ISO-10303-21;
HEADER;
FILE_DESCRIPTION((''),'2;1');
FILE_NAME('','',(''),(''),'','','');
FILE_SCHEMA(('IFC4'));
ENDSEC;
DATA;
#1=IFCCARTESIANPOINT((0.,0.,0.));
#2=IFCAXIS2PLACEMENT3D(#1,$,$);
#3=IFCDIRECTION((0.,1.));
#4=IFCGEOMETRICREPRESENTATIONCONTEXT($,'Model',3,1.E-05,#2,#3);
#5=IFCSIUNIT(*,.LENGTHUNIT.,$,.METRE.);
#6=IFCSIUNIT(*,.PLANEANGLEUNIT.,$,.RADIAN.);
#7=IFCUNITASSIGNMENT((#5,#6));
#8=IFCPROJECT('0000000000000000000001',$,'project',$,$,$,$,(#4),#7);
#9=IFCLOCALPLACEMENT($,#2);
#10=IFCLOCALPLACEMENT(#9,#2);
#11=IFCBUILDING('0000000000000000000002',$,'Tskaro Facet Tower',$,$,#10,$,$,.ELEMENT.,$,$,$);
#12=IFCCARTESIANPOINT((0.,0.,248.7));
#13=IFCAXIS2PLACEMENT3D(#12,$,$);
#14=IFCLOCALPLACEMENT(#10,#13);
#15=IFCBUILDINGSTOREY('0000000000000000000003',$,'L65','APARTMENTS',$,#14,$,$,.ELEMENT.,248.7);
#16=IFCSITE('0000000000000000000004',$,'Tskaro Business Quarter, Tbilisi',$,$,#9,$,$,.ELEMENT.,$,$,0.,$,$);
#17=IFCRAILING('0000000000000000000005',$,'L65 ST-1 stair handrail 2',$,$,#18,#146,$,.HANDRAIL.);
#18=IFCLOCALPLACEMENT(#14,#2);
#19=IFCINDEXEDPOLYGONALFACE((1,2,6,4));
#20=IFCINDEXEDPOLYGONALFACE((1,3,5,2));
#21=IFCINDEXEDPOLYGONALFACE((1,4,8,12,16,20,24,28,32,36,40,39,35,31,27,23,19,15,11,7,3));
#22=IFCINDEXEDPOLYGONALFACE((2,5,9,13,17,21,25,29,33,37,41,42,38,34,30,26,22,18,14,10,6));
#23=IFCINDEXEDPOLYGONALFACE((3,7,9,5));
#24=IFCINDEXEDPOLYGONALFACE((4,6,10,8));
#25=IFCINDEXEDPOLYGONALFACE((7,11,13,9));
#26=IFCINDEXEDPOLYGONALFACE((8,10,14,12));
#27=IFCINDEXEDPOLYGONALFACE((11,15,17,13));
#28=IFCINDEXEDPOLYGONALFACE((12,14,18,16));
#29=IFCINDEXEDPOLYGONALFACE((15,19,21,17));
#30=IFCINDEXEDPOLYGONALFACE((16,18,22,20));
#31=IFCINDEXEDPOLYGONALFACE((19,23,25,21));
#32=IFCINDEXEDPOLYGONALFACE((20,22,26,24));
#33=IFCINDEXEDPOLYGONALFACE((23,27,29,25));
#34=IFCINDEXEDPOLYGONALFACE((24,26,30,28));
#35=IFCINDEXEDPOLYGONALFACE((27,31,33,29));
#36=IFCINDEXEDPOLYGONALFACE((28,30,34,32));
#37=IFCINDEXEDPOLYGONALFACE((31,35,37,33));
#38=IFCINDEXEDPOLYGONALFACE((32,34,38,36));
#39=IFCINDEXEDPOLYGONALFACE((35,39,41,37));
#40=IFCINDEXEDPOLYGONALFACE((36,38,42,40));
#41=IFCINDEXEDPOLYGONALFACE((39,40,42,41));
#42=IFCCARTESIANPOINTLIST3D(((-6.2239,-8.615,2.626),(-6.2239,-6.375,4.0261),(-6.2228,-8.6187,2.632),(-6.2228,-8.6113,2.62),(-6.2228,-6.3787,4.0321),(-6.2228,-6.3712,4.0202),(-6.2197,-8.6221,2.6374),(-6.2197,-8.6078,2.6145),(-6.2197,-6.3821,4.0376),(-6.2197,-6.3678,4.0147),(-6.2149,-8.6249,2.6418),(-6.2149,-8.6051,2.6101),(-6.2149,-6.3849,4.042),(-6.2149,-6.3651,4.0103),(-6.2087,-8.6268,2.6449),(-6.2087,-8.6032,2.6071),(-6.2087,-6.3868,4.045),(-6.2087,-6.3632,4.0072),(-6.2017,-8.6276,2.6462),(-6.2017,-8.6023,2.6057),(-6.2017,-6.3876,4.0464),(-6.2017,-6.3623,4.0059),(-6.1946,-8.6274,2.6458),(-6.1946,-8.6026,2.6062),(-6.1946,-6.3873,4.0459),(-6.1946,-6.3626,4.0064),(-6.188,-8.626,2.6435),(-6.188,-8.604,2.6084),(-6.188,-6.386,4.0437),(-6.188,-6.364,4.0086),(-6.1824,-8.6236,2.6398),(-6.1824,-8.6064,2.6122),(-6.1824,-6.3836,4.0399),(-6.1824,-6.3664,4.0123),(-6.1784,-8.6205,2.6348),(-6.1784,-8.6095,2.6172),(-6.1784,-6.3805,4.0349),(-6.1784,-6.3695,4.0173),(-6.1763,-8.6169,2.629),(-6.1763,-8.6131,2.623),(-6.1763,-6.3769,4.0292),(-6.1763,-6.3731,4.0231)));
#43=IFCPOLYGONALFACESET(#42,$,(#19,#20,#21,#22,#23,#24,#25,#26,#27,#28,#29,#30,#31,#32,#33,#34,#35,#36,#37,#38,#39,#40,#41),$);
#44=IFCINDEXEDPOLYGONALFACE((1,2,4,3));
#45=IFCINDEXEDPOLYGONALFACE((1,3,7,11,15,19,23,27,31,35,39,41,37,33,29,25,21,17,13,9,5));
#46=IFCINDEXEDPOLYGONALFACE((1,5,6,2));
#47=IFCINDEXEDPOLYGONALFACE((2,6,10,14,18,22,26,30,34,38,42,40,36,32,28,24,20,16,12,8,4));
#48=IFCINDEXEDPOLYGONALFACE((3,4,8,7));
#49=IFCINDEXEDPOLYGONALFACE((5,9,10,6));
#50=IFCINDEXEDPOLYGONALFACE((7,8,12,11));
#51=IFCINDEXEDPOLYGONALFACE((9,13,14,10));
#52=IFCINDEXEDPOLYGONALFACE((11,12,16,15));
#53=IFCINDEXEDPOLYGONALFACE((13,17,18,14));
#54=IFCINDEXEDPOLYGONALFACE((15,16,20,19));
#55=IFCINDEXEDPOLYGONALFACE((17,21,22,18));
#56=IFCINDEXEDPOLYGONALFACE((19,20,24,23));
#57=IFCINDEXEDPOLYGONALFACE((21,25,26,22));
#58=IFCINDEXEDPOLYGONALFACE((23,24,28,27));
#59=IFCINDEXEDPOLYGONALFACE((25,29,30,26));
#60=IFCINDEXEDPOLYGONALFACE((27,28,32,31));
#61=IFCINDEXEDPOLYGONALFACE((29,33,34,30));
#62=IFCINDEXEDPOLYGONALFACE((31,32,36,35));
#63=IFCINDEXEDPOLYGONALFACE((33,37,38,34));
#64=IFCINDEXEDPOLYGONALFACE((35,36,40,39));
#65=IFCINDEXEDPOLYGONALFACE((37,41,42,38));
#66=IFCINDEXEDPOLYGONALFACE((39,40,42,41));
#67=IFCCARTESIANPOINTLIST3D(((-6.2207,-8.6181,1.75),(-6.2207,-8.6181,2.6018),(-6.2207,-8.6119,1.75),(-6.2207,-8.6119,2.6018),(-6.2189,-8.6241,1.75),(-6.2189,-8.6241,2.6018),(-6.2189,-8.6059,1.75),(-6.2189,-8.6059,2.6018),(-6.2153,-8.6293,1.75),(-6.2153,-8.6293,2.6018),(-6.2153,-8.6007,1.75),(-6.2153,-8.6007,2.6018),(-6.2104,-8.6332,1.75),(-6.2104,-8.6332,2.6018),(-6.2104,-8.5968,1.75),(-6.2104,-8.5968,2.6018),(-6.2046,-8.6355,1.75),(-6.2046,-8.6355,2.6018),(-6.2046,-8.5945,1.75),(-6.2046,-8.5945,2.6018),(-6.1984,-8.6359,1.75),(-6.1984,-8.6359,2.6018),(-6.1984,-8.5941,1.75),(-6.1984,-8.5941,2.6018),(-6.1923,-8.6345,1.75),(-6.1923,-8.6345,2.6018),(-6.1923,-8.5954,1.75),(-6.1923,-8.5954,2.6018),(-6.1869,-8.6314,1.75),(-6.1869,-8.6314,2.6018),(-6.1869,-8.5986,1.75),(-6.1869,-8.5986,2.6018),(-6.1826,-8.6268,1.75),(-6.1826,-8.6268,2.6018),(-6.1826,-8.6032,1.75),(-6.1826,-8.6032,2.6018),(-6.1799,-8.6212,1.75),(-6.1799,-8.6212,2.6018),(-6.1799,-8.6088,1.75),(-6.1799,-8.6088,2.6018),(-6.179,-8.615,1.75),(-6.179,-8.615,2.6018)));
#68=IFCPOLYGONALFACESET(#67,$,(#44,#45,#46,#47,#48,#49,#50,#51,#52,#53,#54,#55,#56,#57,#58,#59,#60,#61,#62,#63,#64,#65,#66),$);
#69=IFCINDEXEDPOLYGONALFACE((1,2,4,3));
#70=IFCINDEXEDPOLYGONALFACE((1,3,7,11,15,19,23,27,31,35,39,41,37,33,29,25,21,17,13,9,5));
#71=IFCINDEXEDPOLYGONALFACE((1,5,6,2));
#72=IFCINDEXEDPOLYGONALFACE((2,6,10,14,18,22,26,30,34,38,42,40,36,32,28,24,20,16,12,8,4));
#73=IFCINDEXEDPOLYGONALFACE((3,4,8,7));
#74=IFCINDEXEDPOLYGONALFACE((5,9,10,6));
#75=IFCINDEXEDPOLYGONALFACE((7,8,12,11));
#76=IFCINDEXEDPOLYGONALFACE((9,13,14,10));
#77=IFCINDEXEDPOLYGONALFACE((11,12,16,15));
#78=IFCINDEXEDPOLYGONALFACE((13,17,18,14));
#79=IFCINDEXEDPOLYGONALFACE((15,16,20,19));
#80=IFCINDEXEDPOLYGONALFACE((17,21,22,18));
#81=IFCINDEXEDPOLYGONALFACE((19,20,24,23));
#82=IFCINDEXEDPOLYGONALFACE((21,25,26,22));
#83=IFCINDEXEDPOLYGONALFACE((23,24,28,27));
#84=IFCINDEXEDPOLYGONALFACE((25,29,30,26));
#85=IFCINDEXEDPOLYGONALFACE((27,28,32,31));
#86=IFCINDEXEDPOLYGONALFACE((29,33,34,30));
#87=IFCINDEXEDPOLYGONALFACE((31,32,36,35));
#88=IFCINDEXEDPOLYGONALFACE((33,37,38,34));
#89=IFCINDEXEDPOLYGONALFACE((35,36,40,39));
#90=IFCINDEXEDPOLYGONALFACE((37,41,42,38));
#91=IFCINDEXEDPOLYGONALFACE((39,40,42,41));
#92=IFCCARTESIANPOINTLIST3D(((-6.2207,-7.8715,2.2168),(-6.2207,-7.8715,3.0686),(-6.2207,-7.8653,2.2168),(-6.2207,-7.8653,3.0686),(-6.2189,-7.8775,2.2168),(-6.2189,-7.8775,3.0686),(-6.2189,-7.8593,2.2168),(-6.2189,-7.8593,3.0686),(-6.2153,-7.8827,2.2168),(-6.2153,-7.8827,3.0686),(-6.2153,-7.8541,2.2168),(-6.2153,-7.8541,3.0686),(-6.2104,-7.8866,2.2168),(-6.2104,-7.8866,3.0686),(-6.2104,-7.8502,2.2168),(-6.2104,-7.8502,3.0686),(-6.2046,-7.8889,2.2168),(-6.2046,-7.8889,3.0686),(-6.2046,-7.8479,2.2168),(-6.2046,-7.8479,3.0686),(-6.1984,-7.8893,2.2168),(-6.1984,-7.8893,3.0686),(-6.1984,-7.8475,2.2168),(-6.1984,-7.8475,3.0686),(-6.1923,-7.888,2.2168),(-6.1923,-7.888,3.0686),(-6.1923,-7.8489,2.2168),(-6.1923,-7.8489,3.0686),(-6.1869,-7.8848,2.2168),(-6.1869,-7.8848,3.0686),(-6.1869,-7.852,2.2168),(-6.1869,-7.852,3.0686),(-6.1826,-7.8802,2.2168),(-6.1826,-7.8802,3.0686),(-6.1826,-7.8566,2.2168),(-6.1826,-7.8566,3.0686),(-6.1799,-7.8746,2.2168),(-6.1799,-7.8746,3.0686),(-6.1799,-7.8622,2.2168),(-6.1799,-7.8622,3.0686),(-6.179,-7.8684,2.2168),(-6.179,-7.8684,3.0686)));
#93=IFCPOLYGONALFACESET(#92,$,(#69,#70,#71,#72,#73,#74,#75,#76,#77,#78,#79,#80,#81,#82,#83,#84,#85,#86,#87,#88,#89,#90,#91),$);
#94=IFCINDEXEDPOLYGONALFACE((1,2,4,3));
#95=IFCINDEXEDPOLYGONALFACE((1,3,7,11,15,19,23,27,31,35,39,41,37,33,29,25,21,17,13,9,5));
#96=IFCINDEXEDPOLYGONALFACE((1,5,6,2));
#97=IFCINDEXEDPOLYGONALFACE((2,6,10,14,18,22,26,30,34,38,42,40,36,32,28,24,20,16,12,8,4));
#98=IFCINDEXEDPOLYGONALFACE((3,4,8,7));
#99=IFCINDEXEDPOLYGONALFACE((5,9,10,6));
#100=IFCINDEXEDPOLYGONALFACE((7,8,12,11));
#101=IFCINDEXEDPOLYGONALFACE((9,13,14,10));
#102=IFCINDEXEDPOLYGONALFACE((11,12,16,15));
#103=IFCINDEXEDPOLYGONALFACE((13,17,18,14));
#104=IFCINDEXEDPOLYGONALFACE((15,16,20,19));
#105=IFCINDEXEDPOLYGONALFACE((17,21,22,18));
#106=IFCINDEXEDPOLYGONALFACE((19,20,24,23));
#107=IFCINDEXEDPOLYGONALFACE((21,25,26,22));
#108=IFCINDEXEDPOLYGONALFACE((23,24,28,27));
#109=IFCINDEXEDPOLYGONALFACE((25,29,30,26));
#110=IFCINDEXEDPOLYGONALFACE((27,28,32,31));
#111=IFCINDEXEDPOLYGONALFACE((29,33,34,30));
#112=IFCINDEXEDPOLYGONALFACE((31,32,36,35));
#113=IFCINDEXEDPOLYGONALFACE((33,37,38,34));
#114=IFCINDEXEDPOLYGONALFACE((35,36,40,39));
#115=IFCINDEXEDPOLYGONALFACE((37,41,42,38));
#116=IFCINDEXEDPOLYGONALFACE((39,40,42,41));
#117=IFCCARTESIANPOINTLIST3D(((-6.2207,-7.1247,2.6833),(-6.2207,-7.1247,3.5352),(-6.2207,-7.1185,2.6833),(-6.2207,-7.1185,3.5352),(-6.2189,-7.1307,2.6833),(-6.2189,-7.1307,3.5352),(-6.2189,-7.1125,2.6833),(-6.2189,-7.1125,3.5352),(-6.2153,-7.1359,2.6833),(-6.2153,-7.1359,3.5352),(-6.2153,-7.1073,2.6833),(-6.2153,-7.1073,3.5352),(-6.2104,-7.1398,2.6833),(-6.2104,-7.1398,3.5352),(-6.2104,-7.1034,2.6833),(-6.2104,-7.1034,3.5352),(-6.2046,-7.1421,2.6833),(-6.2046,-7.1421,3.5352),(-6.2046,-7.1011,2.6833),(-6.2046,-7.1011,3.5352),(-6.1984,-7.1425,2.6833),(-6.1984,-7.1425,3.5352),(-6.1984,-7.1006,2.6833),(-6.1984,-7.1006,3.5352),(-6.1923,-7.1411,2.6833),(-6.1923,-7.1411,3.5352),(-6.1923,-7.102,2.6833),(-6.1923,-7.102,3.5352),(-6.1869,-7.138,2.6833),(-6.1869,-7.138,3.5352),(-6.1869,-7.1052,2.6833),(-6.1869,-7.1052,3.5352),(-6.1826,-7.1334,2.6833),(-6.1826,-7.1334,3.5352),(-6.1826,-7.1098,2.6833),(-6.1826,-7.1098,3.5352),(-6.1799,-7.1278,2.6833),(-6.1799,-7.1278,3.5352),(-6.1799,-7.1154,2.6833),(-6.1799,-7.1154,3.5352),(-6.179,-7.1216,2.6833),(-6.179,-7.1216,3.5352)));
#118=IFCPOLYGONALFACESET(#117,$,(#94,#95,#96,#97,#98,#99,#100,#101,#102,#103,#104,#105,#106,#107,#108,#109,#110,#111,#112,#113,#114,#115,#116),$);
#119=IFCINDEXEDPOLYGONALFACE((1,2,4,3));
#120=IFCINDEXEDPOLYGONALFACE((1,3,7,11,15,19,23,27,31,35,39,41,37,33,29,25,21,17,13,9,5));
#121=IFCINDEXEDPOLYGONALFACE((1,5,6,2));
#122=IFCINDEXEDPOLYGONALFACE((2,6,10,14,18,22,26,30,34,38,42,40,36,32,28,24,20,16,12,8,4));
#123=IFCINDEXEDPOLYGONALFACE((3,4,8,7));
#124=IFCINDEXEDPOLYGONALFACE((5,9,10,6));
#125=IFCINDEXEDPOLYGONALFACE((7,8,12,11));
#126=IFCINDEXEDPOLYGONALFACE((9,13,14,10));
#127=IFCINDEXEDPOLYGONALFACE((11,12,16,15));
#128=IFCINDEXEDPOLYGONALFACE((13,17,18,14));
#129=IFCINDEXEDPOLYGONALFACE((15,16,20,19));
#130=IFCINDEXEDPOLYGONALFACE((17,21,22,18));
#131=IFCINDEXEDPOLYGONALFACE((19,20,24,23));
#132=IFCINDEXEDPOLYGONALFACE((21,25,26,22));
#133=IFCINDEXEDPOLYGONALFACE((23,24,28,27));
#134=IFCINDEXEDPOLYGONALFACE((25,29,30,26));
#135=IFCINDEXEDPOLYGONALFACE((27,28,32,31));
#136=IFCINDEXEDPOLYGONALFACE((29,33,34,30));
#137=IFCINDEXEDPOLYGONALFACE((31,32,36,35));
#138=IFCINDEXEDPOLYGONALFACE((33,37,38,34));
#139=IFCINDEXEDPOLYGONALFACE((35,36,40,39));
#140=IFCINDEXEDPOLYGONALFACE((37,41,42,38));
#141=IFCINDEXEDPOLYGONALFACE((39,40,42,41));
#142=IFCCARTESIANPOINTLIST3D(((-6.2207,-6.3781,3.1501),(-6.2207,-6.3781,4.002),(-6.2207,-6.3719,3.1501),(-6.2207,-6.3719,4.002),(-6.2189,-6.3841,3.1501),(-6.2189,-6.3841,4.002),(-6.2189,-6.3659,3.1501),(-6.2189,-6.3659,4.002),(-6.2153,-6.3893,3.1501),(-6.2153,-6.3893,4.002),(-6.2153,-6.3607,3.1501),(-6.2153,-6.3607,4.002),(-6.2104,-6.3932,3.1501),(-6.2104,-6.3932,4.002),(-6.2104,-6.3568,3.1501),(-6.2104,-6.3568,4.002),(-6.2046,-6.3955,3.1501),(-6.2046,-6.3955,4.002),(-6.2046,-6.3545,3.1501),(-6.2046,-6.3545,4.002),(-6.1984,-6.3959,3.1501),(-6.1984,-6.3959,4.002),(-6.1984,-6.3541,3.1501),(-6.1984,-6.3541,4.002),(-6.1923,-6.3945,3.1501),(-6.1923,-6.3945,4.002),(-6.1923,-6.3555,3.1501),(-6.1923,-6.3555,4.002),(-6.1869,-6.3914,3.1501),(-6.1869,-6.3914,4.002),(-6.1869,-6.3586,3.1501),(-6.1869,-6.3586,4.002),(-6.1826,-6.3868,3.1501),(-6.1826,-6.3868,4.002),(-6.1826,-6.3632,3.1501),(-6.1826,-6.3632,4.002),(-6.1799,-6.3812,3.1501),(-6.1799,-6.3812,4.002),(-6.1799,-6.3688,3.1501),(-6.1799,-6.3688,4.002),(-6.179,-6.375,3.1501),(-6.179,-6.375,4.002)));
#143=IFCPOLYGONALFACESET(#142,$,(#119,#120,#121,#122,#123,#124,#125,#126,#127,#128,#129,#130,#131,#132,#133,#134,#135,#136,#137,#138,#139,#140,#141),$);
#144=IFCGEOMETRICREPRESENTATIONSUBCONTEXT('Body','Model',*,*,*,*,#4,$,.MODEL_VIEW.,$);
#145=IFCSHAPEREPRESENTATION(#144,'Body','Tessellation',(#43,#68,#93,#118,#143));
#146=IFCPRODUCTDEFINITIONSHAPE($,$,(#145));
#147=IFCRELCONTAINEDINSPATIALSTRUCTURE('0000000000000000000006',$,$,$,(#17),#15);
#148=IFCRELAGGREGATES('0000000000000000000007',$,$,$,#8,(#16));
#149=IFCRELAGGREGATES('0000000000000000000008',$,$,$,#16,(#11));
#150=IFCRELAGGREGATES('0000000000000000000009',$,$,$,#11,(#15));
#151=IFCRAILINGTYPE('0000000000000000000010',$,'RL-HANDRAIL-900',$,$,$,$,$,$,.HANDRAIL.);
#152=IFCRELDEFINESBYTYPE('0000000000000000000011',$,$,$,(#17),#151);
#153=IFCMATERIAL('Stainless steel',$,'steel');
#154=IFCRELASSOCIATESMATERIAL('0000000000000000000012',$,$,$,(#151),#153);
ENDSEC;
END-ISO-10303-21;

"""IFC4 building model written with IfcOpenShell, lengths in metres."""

from ifc_helpers import new_model, si_unit, direction, frame, origin, origin_2d, place, context, subcontext, project, spatial, circle, extrude, material, type_object, element, save


model = new_model("IFC4")

# Units and contexts
model_context = context("Model", 3, precision=1e-05, world=origin(), true_north=direction((0.0, 1.0)))
body_context = subcontext(model_context, "Body", "Model", "MODEL_VIEW")
ifc_project = project(units=[si_unit("LENGTHUNIT", "METRE"), si_unit("PLANEANGLEUNIT", "RADIAN")], contexts=[model_context])

# Site, building, storey
site_placement = place(None, origin())
site = spatial("IfcSite", under=ifc_project, at=site_placement, Name="Tskaro Business Quarter, Tbilisi", CompositionType="ELEMENT", RefElevation=0.0)
building_placement = place(site_placement, origin())
building = spatial("IfcBuilding", under=site, at=building_placement, Name="Tskaro Facet Tower", CompositionType="ELEMENT")
storey_placement = place(building_placement, frame((0.0, 0.0, 248.7)))
storey = spatial("IfcBuildingStorey", under=building, at=storey_placement, Name="L65", Description="APARTMENTS", CompositionType="ELEMENT", Elevation=248.7)

# Shared definitions
ifc_material_1 = material(Name="Stainless steel", Category="steel")

# Railing
railing_type_1 = type_object("IfcRailingType", Name="RL-HANDRAIL-900", PredefinedType="HANDRAIL", material=ifc_material_1)
railing_1_placement = place(storey_placement, frame((-6.2, -8.615, 1.75)))
element("IfcRailing", 1, at=railing_1_placement, inside=storey, type_object=railing_type_1, Name="L65 ST-1 stair handrail 2", PredefinedType="HANDRAIL", context=body_context, shape_type="SweptSolid", body=[
    extrude(circle(Radius=0.0239, at=origin_2d()), frame((0.0, 0.0, 0.876), z_axis=(0.0, 0.847972, 0.53004), x_axis=(-1.0, 0.0, 0.0)), (0.0, 0.0, 1.0), 2.6416),
    extrude(circle(Radius=0.021, at=origin_2d()), origin(), (0.0, 0.0, 1.0), 0.8518),
    extrude(circle(Radius=0.021, at=origin_2d()), frame((0.0, 0.7466, 0.4668)), (0.0, 0.0, 1.0), 0.8518),
    extrude(circle(Radius=0.021, at=origin_2d()), frame((0.0, 1.4934, 0.9333)), (0.0, 0.0, 1.0), 0.8518),
    extrude(circle(Radius=0.021, at=origin_2d()), frame((0.0, 2.24, 1.4001)), (0.0, 0.0, 1.0), 0.8518),
])

save(model, "model.ifc")
